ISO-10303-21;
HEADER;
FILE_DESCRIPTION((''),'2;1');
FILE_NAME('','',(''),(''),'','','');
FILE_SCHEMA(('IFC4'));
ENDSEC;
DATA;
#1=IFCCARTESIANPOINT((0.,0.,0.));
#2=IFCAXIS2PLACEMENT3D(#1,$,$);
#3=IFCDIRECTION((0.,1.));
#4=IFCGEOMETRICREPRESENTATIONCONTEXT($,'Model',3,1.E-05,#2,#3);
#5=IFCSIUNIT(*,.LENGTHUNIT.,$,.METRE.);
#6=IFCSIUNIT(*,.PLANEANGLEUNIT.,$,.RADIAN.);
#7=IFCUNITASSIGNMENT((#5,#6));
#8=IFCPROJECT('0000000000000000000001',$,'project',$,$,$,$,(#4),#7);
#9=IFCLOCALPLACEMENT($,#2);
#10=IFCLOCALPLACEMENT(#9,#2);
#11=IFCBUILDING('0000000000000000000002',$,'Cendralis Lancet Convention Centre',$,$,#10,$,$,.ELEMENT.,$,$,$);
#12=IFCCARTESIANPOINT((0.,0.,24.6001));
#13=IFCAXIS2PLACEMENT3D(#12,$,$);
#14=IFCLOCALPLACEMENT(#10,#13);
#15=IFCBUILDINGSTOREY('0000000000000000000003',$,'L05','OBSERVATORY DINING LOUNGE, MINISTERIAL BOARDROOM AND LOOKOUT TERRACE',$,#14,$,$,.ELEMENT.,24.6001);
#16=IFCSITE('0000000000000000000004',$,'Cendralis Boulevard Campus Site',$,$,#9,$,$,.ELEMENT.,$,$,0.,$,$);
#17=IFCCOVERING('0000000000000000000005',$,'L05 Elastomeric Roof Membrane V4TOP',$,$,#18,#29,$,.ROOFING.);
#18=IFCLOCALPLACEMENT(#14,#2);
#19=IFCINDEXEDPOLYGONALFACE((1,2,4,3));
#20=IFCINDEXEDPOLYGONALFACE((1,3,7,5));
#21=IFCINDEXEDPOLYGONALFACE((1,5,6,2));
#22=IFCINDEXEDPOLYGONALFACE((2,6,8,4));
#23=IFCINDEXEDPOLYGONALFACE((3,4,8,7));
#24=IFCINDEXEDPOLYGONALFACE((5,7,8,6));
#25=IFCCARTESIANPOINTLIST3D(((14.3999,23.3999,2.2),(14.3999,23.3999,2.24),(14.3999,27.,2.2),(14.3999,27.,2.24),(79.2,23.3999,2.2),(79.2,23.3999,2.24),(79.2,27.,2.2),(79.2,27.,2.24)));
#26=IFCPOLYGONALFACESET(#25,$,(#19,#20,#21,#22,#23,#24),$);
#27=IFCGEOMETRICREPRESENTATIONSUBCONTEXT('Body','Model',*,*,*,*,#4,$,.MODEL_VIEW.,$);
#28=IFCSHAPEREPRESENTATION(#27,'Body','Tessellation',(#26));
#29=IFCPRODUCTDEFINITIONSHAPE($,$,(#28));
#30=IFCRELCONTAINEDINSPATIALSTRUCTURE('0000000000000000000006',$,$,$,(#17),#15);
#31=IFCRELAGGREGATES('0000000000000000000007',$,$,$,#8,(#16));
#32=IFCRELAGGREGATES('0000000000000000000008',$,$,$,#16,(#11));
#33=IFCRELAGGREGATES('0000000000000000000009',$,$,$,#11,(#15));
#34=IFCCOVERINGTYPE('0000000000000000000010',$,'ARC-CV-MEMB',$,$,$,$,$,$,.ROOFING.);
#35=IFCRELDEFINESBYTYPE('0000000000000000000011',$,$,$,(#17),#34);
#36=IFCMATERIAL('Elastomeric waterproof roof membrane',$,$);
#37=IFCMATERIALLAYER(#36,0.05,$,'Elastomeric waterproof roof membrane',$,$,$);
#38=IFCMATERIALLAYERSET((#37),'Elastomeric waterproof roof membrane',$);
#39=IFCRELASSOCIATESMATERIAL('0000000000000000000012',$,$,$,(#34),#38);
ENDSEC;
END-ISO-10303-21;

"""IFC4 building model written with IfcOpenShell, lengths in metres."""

from ifc_helpers import new_model, si_unit, direction, frame, origin, place, context, subcontext, project, spatial, polyline, outline, extrude, material, layer, layer_set, type_object, element, save


model = new_model("IFC4")

# Units and contexts
model_context = context("Model", 3, precision=1e-05, world=origin(), true_north=direction((0.0, 1.0)))
body_context = subcontext(model_context, "Body", "Model", "MODEL_VIEW")
ifc_project = project(units=[si_unit("LENGTHUNIT", "METRE"), si_unit("PLANEANGLEUNIT", "RADIAN")], contexts=[model_context])

# Site, building, storey
site_placement = place(None, origin())
site = spatial("IfcSite", under=ifc_project, at=site_placement, Name="Cendralis Boulevard Campus Site", CompositionType="ELEMENT", RefElevation=0.0)
building_placement = place(site_placement, origin())
building = spatial("IfcBuilding", under=site, at=building_placement, Name="Cendralis Lancet Convention Centre", CompositionType="ELEMENT")
storey_placement = place(building_placement, frame((0.0, 0.0, 24.6001)))
storey = spatial("IfcBuildingStorey", under=building, at=storey_placement, Name="L05", Description="OBSERVATORY DINING LOUNGE, MINISTERIAL BOARDROOM AND LOOKOUT TERRACE", CompositionType="ELEMENT", Elevation=24.6001)

# Covering
ifc_material_1 = material(Name="Elastomeric waterproof roof membrane")
ifc_layer_1 = layer(ifc_material_1, 0.05, Name="Elastomeric waterproof roof membrane")
ifc_layer_set_1 = layer_set([ifc_layer_1], Name="Elastomeric waterproof roof membrane")
covering_type_1 = type_object("IfcCoveringType", Name="ARC-CV-MEMB", PredefinedType="ROOFING", material=ifc_layer_set_1)
covering_1_placement = place(storey_placement, frame((0.0, 0.0, 2.2)))
element("IfcCovering", 1, at=covering_1_placement, inside=storey, type_object=covering_type_1, Name="L05 Elastomeric Roof Membrane V4TOP", PredefinedType="ROOFING", context=body_context, shape_type="SweptSolid", body=[
    extrude(outline(polyline([(14.3999, 23.3999), (79.2, 23.3999), (79.2, 27.0), (14.3999, 27.0), (14.3999, 23.3999)])), origin(), (0.0, 0.0, 1.0), 0.04),
])

save(model, "model.ifc")
